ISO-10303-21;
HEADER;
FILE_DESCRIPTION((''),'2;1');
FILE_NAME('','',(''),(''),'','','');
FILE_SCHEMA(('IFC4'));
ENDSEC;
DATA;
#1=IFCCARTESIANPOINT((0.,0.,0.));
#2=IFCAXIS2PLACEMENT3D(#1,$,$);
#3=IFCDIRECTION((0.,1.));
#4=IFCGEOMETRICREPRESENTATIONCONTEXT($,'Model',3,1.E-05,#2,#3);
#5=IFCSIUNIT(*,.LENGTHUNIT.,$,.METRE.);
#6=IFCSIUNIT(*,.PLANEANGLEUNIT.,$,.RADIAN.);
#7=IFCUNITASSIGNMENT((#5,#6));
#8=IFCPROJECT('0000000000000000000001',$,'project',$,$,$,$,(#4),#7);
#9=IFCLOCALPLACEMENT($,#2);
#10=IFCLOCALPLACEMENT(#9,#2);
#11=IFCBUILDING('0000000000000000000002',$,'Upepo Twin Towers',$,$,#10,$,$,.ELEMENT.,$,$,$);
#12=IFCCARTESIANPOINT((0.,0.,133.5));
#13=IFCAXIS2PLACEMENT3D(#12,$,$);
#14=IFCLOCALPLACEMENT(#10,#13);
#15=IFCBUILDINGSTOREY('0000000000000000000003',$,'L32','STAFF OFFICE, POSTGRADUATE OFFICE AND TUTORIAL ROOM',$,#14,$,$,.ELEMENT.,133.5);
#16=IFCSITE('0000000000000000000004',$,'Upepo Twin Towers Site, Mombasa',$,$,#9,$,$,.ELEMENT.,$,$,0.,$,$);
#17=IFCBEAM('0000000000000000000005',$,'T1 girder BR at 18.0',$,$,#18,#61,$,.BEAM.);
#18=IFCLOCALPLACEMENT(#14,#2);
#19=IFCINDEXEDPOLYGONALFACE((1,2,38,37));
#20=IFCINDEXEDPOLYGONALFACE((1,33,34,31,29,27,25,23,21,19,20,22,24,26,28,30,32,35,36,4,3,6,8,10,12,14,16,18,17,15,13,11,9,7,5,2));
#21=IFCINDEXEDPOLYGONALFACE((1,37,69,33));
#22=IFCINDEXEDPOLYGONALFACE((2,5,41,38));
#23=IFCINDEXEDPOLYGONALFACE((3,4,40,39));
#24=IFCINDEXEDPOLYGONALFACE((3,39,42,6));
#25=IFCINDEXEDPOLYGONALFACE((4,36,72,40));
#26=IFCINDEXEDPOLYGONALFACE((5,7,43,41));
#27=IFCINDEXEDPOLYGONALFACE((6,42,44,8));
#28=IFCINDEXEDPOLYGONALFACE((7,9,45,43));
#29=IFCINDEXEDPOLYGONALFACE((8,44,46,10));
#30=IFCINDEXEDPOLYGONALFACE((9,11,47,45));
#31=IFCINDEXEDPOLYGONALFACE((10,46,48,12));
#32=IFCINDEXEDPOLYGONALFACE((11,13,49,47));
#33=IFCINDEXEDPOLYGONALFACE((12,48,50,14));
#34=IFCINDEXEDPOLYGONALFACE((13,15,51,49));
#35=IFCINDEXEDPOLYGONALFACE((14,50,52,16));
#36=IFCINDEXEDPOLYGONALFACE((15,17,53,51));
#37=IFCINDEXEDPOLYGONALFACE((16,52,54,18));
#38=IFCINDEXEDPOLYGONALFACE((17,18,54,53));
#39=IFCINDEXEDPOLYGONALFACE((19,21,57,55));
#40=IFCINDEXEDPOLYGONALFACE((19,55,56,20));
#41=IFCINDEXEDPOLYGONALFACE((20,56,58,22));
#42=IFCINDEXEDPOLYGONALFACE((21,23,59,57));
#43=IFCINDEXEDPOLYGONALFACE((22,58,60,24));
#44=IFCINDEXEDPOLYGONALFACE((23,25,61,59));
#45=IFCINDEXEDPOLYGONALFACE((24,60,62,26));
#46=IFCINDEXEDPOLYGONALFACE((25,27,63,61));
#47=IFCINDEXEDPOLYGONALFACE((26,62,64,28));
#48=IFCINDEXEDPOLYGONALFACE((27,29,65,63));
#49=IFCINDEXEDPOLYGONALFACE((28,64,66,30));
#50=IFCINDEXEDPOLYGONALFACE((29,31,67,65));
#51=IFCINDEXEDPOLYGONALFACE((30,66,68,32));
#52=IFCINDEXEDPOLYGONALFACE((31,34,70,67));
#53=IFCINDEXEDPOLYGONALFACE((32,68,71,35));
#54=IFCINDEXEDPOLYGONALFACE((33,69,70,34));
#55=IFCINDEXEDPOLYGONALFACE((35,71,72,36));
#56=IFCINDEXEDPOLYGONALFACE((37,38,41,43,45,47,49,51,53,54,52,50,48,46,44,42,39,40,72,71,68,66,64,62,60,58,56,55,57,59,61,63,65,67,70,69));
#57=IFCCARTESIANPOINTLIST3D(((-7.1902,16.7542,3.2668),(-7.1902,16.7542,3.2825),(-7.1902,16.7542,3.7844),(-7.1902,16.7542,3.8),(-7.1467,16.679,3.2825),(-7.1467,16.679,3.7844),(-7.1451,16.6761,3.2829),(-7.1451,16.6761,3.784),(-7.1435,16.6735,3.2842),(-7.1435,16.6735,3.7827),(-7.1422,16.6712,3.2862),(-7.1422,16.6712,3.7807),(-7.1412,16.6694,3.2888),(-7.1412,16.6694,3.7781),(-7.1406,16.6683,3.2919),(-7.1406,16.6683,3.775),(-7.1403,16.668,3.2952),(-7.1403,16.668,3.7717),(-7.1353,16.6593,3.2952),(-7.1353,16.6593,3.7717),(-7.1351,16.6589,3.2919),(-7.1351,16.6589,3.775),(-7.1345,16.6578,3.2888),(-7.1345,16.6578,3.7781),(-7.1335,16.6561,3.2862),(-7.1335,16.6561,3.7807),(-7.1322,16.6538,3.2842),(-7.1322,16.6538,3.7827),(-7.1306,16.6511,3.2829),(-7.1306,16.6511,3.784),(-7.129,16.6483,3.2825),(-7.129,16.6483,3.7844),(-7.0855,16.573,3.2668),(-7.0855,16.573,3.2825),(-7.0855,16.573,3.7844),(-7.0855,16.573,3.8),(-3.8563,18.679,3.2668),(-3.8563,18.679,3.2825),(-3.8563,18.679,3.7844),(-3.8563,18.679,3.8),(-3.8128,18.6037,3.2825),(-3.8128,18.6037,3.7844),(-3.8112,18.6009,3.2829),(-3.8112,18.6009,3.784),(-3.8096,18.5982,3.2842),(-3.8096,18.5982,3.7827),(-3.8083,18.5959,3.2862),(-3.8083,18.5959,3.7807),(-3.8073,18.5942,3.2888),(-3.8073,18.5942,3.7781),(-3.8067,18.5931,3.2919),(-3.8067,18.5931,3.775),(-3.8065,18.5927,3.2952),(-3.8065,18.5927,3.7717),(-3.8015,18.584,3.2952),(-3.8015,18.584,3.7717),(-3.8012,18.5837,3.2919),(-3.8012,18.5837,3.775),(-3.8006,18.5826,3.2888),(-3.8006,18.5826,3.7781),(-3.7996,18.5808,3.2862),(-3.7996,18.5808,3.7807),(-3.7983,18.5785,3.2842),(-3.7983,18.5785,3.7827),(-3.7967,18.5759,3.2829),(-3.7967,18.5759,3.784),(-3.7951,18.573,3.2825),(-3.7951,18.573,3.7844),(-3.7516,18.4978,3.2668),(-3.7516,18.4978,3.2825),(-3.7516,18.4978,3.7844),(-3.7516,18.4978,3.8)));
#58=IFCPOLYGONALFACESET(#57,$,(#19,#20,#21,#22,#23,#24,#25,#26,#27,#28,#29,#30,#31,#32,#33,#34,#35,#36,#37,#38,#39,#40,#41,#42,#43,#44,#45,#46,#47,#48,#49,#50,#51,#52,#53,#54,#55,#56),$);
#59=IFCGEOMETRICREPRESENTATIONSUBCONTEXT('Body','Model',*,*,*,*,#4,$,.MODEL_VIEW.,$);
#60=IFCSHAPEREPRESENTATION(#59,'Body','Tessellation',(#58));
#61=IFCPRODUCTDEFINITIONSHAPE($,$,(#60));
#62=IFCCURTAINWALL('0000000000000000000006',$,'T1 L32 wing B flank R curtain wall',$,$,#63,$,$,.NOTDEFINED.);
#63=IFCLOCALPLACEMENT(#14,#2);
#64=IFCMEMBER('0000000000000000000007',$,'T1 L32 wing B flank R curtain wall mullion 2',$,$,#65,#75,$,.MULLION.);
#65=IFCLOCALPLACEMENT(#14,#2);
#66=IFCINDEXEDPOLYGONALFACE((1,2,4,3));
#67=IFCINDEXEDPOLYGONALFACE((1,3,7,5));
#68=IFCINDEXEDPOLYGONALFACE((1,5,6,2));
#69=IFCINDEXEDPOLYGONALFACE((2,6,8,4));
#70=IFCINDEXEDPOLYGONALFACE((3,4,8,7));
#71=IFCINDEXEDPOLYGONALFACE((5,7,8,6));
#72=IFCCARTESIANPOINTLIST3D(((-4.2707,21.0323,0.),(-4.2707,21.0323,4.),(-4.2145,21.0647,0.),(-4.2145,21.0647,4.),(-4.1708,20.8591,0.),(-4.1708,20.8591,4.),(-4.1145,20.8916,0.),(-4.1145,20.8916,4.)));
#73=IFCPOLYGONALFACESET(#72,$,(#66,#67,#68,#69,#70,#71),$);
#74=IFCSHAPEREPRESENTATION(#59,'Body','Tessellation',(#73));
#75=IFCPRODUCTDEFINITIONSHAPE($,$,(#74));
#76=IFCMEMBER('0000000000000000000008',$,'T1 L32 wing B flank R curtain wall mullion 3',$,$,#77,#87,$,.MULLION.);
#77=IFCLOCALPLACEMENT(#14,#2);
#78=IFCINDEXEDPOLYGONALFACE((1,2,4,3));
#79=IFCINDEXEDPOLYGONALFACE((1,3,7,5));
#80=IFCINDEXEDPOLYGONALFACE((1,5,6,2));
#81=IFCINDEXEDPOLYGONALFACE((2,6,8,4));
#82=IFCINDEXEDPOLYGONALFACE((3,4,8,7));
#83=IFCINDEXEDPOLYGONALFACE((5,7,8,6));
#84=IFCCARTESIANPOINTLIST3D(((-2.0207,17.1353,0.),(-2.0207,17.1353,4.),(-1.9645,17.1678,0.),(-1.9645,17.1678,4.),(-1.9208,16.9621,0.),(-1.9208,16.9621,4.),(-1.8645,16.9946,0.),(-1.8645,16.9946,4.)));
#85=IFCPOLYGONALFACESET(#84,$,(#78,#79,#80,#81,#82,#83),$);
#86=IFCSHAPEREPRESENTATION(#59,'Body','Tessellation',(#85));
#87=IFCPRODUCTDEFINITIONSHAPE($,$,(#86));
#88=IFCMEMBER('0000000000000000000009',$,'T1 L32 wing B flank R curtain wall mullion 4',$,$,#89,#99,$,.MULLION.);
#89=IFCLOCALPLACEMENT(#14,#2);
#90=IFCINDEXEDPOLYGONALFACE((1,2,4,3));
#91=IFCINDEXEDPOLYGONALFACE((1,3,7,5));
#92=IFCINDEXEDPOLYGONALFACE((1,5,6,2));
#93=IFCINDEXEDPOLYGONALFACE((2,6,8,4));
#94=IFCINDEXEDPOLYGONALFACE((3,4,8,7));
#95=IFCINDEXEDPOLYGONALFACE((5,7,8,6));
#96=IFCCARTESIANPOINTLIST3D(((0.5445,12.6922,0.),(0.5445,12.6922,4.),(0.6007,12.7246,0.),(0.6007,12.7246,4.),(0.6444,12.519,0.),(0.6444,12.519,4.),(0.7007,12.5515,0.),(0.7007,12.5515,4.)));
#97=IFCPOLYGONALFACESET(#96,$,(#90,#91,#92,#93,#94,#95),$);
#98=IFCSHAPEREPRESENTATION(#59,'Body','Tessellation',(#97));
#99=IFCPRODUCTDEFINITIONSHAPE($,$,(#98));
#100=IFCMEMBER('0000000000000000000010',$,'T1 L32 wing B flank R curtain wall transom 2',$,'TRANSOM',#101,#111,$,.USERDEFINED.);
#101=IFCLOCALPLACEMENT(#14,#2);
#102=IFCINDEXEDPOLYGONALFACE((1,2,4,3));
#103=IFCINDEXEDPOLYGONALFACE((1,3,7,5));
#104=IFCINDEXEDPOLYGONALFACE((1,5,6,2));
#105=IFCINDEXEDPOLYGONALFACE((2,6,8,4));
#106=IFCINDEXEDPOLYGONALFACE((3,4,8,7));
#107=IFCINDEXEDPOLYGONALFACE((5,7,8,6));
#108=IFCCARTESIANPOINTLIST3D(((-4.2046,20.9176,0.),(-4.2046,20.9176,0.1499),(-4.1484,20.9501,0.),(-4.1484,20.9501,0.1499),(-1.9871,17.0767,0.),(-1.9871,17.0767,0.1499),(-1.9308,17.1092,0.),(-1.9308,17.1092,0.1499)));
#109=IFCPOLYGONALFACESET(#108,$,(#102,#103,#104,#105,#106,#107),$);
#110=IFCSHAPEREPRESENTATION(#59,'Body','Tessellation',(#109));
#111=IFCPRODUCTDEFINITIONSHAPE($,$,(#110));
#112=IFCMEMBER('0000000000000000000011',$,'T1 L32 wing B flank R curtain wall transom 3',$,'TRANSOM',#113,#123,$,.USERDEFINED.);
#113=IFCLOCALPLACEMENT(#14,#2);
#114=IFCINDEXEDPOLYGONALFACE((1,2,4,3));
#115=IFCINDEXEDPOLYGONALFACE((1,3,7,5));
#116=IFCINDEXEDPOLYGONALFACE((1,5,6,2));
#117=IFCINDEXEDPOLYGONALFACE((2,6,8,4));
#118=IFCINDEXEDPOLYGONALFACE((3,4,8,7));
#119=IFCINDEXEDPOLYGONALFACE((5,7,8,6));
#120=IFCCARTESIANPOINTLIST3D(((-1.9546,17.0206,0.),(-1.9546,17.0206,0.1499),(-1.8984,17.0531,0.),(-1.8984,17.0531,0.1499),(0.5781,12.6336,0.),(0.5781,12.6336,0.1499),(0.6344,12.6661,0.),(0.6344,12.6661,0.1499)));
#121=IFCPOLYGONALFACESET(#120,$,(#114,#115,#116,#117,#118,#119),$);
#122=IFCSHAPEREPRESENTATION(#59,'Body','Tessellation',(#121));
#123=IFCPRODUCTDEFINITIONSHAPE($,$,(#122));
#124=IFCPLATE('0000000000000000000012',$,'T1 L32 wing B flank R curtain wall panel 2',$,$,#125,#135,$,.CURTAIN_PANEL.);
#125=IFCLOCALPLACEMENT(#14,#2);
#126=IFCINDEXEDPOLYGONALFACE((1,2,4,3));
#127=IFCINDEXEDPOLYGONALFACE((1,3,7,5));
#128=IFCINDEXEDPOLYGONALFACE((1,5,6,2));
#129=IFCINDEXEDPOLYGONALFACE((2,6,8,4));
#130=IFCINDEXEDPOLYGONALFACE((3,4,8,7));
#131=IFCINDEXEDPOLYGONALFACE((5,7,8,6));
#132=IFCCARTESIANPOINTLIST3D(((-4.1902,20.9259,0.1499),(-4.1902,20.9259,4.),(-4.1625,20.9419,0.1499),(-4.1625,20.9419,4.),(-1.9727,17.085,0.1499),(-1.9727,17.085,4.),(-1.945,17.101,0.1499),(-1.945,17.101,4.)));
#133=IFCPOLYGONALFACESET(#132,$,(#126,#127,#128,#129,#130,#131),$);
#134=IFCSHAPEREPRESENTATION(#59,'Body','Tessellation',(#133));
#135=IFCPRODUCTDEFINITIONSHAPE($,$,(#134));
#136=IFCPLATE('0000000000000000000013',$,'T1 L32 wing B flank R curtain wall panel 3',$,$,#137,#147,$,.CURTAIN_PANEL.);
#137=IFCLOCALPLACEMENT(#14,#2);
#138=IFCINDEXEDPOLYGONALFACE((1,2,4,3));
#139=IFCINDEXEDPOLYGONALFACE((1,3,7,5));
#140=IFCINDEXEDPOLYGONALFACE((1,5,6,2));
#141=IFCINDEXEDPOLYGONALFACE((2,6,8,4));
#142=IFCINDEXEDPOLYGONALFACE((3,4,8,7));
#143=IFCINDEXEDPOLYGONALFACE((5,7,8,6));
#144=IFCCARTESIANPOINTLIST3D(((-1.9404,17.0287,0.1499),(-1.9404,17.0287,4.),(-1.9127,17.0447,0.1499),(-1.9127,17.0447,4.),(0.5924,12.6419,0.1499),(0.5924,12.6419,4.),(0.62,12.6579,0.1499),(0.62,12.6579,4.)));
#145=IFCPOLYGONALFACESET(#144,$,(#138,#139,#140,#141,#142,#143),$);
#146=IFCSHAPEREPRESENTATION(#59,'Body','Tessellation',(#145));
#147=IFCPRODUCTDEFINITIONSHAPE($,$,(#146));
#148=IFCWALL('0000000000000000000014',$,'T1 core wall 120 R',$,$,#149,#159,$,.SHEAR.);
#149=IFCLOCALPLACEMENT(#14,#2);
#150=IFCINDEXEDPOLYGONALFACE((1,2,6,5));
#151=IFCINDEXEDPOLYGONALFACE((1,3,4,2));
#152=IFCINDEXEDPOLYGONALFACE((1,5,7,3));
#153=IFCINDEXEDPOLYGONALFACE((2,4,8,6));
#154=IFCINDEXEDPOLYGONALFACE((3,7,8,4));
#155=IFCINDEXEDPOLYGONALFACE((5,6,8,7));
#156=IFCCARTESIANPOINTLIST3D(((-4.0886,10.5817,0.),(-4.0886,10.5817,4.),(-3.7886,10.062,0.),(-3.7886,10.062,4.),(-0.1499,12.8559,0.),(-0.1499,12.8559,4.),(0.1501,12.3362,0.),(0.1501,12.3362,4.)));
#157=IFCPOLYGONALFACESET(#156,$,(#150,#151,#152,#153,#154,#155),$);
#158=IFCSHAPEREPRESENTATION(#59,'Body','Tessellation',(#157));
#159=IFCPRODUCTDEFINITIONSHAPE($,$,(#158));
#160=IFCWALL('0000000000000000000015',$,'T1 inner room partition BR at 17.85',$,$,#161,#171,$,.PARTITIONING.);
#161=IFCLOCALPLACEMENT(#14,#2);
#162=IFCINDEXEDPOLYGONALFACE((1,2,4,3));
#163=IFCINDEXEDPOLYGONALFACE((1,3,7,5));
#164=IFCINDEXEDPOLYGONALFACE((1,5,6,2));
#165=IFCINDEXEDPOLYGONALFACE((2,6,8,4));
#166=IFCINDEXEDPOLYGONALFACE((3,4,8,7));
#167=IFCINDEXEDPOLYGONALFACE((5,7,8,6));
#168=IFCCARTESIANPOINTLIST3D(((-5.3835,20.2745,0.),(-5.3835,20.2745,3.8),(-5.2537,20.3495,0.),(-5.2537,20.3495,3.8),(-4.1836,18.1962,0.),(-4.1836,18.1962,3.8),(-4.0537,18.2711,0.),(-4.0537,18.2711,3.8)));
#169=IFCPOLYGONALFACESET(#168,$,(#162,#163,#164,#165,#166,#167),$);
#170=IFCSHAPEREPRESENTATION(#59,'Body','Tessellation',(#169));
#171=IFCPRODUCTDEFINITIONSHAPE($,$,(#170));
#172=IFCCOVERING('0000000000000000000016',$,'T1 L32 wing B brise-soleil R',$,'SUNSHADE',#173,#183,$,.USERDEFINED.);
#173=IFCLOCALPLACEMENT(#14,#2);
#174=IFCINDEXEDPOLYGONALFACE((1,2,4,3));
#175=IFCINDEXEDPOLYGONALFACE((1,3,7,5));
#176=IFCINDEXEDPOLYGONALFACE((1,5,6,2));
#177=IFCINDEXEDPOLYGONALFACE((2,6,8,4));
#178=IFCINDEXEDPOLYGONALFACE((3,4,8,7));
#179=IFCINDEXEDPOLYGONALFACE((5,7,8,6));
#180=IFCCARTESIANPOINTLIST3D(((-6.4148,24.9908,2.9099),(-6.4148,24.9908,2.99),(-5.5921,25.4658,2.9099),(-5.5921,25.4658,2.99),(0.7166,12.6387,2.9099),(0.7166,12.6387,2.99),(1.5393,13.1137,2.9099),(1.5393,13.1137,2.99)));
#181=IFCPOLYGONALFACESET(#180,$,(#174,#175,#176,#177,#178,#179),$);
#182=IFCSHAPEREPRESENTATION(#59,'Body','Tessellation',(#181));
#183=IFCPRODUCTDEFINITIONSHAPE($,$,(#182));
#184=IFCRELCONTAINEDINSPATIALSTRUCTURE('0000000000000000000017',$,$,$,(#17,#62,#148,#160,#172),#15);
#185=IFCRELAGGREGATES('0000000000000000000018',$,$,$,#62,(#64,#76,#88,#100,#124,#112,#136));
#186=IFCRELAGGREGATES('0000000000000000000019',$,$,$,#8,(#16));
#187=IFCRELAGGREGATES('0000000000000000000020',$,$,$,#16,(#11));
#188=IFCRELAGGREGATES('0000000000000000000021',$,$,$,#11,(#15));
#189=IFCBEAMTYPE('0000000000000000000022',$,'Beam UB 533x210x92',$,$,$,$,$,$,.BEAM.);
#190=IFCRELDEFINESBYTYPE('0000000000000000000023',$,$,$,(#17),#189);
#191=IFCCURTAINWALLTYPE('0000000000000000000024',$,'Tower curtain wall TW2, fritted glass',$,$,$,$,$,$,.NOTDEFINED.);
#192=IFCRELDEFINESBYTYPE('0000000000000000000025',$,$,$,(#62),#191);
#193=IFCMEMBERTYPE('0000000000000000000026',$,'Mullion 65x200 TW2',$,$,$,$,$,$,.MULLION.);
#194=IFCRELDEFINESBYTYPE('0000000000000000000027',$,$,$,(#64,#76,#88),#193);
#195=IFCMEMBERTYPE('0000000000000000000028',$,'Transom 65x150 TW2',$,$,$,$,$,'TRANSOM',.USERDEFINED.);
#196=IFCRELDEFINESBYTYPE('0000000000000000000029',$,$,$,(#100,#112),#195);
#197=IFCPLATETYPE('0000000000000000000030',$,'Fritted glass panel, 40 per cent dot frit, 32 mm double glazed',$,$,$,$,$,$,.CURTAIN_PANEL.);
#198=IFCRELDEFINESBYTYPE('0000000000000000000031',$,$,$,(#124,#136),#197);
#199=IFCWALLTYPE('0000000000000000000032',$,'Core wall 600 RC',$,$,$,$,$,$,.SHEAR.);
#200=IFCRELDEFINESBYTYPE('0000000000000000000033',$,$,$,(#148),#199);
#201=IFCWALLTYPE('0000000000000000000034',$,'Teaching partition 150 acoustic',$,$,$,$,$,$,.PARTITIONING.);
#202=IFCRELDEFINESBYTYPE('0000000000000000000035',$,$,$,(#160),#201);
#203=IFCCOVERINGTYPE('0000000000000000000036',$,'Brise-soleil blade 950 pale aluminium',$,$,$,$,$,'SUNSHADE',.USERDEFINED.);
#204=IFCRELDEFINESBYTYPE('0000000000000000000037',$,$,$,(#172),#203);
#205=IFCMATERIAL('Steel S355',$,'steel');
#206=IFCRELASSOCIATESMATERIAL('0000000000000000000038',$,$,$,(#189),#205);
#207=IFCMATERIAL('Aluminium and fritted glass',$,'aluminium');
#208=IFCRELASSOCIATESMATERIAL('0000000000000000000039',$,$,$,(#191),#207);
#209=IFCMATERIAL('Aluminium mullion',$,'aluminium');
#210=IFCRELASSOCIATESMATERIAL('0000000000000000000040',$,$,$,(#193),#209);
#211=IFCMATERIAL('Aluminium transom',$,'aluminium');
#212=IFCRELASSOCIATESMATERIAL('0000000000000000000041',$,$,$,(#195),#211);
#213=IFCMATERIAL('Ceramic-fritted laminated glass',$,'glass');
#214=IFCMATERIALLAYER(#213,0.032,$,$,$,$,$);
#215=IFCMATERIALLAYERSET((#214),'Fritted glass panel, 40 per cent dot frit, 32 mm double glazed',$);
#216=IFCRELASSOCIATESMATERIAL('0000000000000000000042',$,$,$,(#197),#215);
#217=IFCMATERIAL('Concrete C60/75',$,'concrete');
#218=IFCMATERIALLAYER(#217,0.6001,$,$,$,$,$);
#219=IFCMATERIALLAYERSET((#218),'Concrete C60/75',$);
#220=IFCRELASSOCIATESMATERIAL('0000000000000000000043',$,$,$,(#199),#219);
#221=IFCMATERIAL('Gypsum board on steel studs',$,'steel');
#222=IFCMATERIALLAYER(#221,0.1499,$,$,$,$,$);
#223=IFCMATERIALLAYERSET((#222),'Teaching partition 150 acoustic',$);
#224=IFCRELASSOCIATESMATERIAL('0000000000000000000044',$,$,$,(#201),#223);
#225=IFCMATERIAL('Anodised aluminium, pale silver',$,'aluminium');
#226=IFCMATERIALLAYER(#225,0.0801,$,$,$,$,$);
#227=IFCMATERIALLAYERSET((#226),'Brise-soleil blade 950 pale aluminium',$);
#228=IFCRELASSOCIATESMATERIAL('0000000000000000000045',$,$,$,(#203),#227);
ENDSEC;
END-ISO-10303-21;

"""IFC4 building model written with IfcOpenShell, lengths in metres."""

from ifc_helpers import new_model, si_unit, direction, frame, frame_2d, origin, origin_2d, place, context, subcontext, project, spatial, rectangle, i_section, extrude, material, layer, layer_set, material_profile, profile_set, type_object, element, aggregate, save


model = new_model("IFC4")

# Units and contexts
model_context = context("Model", 3, precision=1e-05, world=origin(), true_north=direction((0.0, 1.0)))
body_context = subcontext(model_context, "Body", "Model", "MODEL_VIEW")
ifc_project = project(units=[si_unit("LENGTHUNIT", "METRE"), si_unit("PLANEANGLEUNIT", "RADIAN")], contexts=[model_context])

# Site, building, storey
site_placement = place(None, origin())
site = spatial("IfcSite", under=ifc_project, at=site_placement, Name="Upepo Twin Towers Site, Mombasa", CompositionType="ELEMENT", RefElevation=0.0)
building_placement = place(site_placement, origin())
building = spatial("IfcBuilding", under=site, at=building_placement, Name="Upepo Twin Towers", CompositionType="ELEMENT")
storey_placement = place(building_placement, frame((0.0, 0.0, 133.5)))
storey = spatial("IfcBuildingStorey", under=building, at=storey_placement, Name="L32", Description="STAFF OFFICE, POSTGRADUATE OFFICE AND TUTORIAL ROOM", CompositionType="ELEMENT", Elevation=133.5)

# Beam
ifc_material_1 = material(Name="Steel S355", Category="steel")
ifc_material_profile_1 = material_profile(ifc_material_1, i_section(OverallWidth=0.2092, OverallDepth=0.5332, WebThickness=0.01, FlangeThickness=0.0156, FilletRadius=0.0127, at=origin_2d()), Name="UB 533x210x92")
ifc_profile_set_1 = profile_set([ifc_material_profile_1], Name="Steel S355")
beam_type_1 = type_object("IfcBeamType", Name="Beam UB 533x210x92", PredefinedType="BEAM", material=ifc_profile_set_1)
beam_1_placement = place(storey_placement, frame((-3.804, 18.5884, 3.5334), z_axis=(-0.866034, -0.499986, 0.0), x_axis=(0.499986, -0.866034, 0.0)))
element("IfcBeam", 1, at=beam_1_placement, inside=storey, type_object=beam_type_1, Name="T1 girder BR at 18.0", PredefinedType="BEAM", context=body_context, shape_type="SweptSolid", body=[
    extrude(i_section(OverallWidth=0.2092, OverallDepth=0.5332, WebThickness=0.01, FlangeThickness=0.0156, FilletRadius=0.0127, at=origin_2d()), origin(), (0.0, 0.0, 1.0), 3.8496),
])

# Curtain wall, members, plates
ifc_material_2 = material(Name="Aluminium and fritted glass", Category="aluminium")
curtain_wall_type = type_object("IfcCurtainWallType", Name="Tower curtain wall TW2, fritted glass", PredefinedType="NOTDEFINED", material=ifc_material_2)
curtain_wall_placement = place(storey_placement, origin())
curtain_wall = element("IfcCurtainWall", 2, at=curtain_wall_placement, inside=storey, type_object=curtain_wall_type, Name="T1 L32 wing B flank R curtain wall", PredefinedType="NOTDEFINED")
ifc_material_3 = material(Name="Aluminium mullion", Category="aluminium")
ifc_material_profile_2 = material_profile(ifc_material_3, rectangle(XDim=0.0649, YDim=0.2, at=origin_2d()), Name="MULLION 65x200")
ifc_profile_set_2 = profile_set([ifc_material_profile_2], Name="Aluminium mullion")
member_type_1 = type_object("IfcMemberType", Name="Mullion 65x200 TW2", PredefinedType="MULLION", material=ifc_profile_set_2)
member_1_placement = place(storey_placement, frame((-4.1926, 20.9619, 0.0), z_axis=(0.0, 0.0, 1.0), x_axis=(0.866025, 0.5, 0.0)))
member_1 = element("IfcMember", 3, at=member_1_placement, type_object=member_type_1, Name="T1 L32 wing B flank R curtain wall mullion 2", PredefinedType="MULLION", context=body_context, shape_type="SweptSolid", body=[
    extrude(rectangle(XDim=0.0649, YDim=0.2, at=origin_2d()), origin(), (0.0, 0.0, 1.0), 4.0),
])
member_2_placement = place(storey_placement, frame((-1.9426, 17.0649, 0.0), z_axis=(0.0, 0.0, 1.0), x_axis=(0.866025, 0.5, 0.0)))
member_2 = element("IfcMember", 4, at=member_2_placement, type_object=member_type_1, Name="T1 L32 wing B flank R curtain wall mullion 3", PredefinedType="MULLION", context=body_context, shape_type="SweptSolid", body=[
    extrude(rectangle(XDim=0.0649, YDim=0.2, at=origin_2d()), origin(), (0.0, 0.0, 1.0), 4.0),
])
member_3_placement = place(storey_placement, frame((0.6226, 12.6218, 0.0), z_axis=(0.0, 0.0, 1.0), x_axis=(0.866025, 0.5, 0.0)))
member_3 = element("IfcMember", 5, at=member_3_placement, type_object=member_type_1, Name="T1 L32 wing B flank R curtain wall mullion 4", PredefinedType="MULLION", context=body_context, shape_type="SweptSolid", body=[
    extrude(rectangle(XDim=0.0649, YDim=0.2, at=origin_2d()), origin(), (0.0, 0.0, 1.0), 4.0),
])
ifc_material_4 = material(Name="Aluminium transom", Category="aluminium")
ifc_material_profile_3 = material_profile(ifc_material_4, rectangle(XDim=0.0649, YDim=0.1499, at=origin_2d()), Name="TRANSOM 65x150")
ifc_profile_set_3 = profile_set([ifc_material_profile_3], Name="Aluminium transom")
member_type_2 = type_object("IfcMemberType", Name="Transom 65x150 TW2", ElementType="TRANSOM", PredefinedType="USERDEFINED", material=ifc_profile_set_3)
member_4_placement = place(storey_placement, frame((-4.1765, 20.9338, 0.075), z_axis=(0.500005, -0.866022, 0.0), x_axis=(0.866022, 0.500005, 0.0)))
member_4 = element("IfcMember", 6, at=member_4_placement, type_object=member_type_2, Name="T1 L32 wing B flank R curtain wall transom 2", ObjectType="TRANSOM", PredefinedType="USERDEFINED", context=body_context, shape_type="SweptSolid", body=[
    extrude(rectangle(XDim=0.0649, YDim=0.1499, at=origin_2d()), origin(), (0.0, 0.0, 1.0), 4.4351),
])
member_5_placement = place(storey_placement, frame((-1.9265, 17.0369, 0.075), z_axis=(0.499985, -0.866034, 0.0), x_axis=(0.866034, 0.499985, 0.0)))
member_5 = element("IfcMember", 7, at=member_5_placement, type_object=member_type_2, Name="T1 L32 wing B flank R curtain wall transom 3", ObjectType="TRANSOM", PredefinedType="USERDEFINED", context=body_context, shape_type="SweptSolid", body=[
    extrude(rectangle(XDim=0.0649, YDim=0.1499, at=origin_2d()), origin(), (0.0, 0.0, 1.0), 5.0657),
])
ifc_material_5 = material(Name="Ceramic-fritted laminated glass", Category="glass")
ifc_layer_1 = layer(ifc_material_5, 0.032)
ifc_layer_set_1 = layer_set([ifc_layer_1], Name="Fritted glass panel, 40 per cent dot frit, 32 mm double glazed")
plate_type = type_object("IfcPlateType", Name="Fritted glass panel, 40 per cent dot frit, 32 mm double glazed", PredefinedType="CURTAIN_PANEL", material=ifc_layer_set_1)
plate_1_placement = place(storey_placement, frame((-3.0676, 19.0134, 0.1499), z_axis=(0.0, 0.0, 1.0), x_axis=(0.5, -0.866025, 0.0)))
plate_1 = element("IfcPlate", 8, at=plate_1_placement, type_object=plate_type, Name="T1 L32 wing B flank R curtain wall panel 2", PredefinedType="CURTAIN_PANEL", context=body_context, shape_type="SweptSolid", body=[
    extrude(rectangle(XDim=4.4351, YDim=0.032, at=origin_2d()), origin(), (0.0, 0.0, 1.0), 3.8501),
])
plate_2_placement = place(storey_placement, frame((-0.6602, 14.8433, 0.1499), z_axis=(0.0, 0.0, 1.0), x_axis=(0.5, -0.866025, 0.0)))
plate_2 = element("IfcPlate", 9, at=plate_2_placement, type_object=plate_type, Name="T1 L32 wing B flank R curtain wall panel 3", PredefinedType="CURTAIN_PANEL", context=body_context, shape_type="SweptSolid", body=[
    extrude(rectangle(XDim=5.0654, YDim=0.032, at=origin_2d()), origin(), (0.0, 0.0, 1.0), 3.8501),
])
aggregate(curtain_wall, [member_1, member_2, member_3, member_4, plate_1, member_5, plate_2])

# Walls
ifc_material_6 = material(Name="Concrete C60/75", Category="concrete")
ifc_layer_2 = layer(ifc_material_6, 0.6001)
ifc_layer_set_2 = layer_set([ifc_layer_2], Name="Concrete C60/75")
wall_type_1 = type_object("IfcWallType", Name="Core wall 600 RC", PredefinedType="SHEAR", material=ifc_layer_set_2)
wall_1_placement = place(storey_placement, frame((0.0, 12.5959, 0.0), z_axis=(0.0, 0.0, 1.0), x_axis=(-0.866011, -0.500024, 0.0)))
element("IfcWall", 10, at=wall_1_placement, inside=storey, type_object=wall_type_1, Name="T1 core wall 120 R", PredefinedType="SHEAR", context=body_context, shape_type="SweptSolid", body=[
    extrude(rectangle(XDim=4.5481, YDim=0.6001, at=frame_2d((2.2739, 0.0))), origin(), (0.0, 0.0, 1.0), 4.0),
])
ifc_material_7 = material(Name="Gypsum board on steel studs", Category="steel")
ifc_layer_3 = layer(ifc_material_7, 0.1499)
ifc_layer_set_3 = layer_set([ifc_layer_3], Name="Teaching partition 150 acoustic")
wall_type_2 = type_object("IfcWallType", Name="Teaching partition 150 acoustic", PredefinedType="PARTITIONING", material=ifc_layer_set_3)
wall_2_placement = place(storey_placement, frame((-4.1187, 18.2336, 0.0), z_axis=(0.0, 0.0, 1.0), x_axis=(-0.500001, 0.866025, 0.0)))
element("IfcWall", 11, at=wall_2_placement, inside=storey, type_object=wall_type_2, Name="T1 inner room partition BR at 17.85", PredefinedType="PARTITIONING", context=body_context, shape_type="SweptSolid", body=[
    extrude(rectangle(XDim=2.3999, YDim=0.1499, at=frame_2d((1.2, 0.0))), origin(), (0.0, 0.0, 1.0), 3.8),
])

# Covering
ifc_material_8 = material(Name="Anodised aluminium, pale silver", Category="aluminium")
ifc_layer_4 = layer(ifc_material_8, 0.0801)
ifc_layer_set_4 = layer_set([ifc_layer_4], Name="Brise-soleil blade 950 pale aluminium")
covering_type = type_object("IfcCoveringType", Name="Brise-soleil blade 950 pale aluminium", ElementType="SUNSHADE", PredefinedType="USERDEFINED", material=ifc_layer_set_4)
covering_placement = place(storey_placement, frame((-2.4377, 19.0522, 2.9099), z_axis=(0.0, 0.0, 1.0), x_axis=(-0.5, 0.866025, 0.0)))
element("IfcCovering", 12, at=covering_placement, inside=storey, type_object=covering_type, Name="T1 L32 wing B brise-soleil R", ObjectType="SUNSHADE", PredefinedType="USERDEFINED", context=body_context, shape_type="SweptSolid", body=[
    extrude(rectangle(XDim=14.2629, YDim=0.95, at=origin_2d()), origin(), (0.0, 0.0, 1.0), 0.0801),
])

save(model, "model.ifc")
